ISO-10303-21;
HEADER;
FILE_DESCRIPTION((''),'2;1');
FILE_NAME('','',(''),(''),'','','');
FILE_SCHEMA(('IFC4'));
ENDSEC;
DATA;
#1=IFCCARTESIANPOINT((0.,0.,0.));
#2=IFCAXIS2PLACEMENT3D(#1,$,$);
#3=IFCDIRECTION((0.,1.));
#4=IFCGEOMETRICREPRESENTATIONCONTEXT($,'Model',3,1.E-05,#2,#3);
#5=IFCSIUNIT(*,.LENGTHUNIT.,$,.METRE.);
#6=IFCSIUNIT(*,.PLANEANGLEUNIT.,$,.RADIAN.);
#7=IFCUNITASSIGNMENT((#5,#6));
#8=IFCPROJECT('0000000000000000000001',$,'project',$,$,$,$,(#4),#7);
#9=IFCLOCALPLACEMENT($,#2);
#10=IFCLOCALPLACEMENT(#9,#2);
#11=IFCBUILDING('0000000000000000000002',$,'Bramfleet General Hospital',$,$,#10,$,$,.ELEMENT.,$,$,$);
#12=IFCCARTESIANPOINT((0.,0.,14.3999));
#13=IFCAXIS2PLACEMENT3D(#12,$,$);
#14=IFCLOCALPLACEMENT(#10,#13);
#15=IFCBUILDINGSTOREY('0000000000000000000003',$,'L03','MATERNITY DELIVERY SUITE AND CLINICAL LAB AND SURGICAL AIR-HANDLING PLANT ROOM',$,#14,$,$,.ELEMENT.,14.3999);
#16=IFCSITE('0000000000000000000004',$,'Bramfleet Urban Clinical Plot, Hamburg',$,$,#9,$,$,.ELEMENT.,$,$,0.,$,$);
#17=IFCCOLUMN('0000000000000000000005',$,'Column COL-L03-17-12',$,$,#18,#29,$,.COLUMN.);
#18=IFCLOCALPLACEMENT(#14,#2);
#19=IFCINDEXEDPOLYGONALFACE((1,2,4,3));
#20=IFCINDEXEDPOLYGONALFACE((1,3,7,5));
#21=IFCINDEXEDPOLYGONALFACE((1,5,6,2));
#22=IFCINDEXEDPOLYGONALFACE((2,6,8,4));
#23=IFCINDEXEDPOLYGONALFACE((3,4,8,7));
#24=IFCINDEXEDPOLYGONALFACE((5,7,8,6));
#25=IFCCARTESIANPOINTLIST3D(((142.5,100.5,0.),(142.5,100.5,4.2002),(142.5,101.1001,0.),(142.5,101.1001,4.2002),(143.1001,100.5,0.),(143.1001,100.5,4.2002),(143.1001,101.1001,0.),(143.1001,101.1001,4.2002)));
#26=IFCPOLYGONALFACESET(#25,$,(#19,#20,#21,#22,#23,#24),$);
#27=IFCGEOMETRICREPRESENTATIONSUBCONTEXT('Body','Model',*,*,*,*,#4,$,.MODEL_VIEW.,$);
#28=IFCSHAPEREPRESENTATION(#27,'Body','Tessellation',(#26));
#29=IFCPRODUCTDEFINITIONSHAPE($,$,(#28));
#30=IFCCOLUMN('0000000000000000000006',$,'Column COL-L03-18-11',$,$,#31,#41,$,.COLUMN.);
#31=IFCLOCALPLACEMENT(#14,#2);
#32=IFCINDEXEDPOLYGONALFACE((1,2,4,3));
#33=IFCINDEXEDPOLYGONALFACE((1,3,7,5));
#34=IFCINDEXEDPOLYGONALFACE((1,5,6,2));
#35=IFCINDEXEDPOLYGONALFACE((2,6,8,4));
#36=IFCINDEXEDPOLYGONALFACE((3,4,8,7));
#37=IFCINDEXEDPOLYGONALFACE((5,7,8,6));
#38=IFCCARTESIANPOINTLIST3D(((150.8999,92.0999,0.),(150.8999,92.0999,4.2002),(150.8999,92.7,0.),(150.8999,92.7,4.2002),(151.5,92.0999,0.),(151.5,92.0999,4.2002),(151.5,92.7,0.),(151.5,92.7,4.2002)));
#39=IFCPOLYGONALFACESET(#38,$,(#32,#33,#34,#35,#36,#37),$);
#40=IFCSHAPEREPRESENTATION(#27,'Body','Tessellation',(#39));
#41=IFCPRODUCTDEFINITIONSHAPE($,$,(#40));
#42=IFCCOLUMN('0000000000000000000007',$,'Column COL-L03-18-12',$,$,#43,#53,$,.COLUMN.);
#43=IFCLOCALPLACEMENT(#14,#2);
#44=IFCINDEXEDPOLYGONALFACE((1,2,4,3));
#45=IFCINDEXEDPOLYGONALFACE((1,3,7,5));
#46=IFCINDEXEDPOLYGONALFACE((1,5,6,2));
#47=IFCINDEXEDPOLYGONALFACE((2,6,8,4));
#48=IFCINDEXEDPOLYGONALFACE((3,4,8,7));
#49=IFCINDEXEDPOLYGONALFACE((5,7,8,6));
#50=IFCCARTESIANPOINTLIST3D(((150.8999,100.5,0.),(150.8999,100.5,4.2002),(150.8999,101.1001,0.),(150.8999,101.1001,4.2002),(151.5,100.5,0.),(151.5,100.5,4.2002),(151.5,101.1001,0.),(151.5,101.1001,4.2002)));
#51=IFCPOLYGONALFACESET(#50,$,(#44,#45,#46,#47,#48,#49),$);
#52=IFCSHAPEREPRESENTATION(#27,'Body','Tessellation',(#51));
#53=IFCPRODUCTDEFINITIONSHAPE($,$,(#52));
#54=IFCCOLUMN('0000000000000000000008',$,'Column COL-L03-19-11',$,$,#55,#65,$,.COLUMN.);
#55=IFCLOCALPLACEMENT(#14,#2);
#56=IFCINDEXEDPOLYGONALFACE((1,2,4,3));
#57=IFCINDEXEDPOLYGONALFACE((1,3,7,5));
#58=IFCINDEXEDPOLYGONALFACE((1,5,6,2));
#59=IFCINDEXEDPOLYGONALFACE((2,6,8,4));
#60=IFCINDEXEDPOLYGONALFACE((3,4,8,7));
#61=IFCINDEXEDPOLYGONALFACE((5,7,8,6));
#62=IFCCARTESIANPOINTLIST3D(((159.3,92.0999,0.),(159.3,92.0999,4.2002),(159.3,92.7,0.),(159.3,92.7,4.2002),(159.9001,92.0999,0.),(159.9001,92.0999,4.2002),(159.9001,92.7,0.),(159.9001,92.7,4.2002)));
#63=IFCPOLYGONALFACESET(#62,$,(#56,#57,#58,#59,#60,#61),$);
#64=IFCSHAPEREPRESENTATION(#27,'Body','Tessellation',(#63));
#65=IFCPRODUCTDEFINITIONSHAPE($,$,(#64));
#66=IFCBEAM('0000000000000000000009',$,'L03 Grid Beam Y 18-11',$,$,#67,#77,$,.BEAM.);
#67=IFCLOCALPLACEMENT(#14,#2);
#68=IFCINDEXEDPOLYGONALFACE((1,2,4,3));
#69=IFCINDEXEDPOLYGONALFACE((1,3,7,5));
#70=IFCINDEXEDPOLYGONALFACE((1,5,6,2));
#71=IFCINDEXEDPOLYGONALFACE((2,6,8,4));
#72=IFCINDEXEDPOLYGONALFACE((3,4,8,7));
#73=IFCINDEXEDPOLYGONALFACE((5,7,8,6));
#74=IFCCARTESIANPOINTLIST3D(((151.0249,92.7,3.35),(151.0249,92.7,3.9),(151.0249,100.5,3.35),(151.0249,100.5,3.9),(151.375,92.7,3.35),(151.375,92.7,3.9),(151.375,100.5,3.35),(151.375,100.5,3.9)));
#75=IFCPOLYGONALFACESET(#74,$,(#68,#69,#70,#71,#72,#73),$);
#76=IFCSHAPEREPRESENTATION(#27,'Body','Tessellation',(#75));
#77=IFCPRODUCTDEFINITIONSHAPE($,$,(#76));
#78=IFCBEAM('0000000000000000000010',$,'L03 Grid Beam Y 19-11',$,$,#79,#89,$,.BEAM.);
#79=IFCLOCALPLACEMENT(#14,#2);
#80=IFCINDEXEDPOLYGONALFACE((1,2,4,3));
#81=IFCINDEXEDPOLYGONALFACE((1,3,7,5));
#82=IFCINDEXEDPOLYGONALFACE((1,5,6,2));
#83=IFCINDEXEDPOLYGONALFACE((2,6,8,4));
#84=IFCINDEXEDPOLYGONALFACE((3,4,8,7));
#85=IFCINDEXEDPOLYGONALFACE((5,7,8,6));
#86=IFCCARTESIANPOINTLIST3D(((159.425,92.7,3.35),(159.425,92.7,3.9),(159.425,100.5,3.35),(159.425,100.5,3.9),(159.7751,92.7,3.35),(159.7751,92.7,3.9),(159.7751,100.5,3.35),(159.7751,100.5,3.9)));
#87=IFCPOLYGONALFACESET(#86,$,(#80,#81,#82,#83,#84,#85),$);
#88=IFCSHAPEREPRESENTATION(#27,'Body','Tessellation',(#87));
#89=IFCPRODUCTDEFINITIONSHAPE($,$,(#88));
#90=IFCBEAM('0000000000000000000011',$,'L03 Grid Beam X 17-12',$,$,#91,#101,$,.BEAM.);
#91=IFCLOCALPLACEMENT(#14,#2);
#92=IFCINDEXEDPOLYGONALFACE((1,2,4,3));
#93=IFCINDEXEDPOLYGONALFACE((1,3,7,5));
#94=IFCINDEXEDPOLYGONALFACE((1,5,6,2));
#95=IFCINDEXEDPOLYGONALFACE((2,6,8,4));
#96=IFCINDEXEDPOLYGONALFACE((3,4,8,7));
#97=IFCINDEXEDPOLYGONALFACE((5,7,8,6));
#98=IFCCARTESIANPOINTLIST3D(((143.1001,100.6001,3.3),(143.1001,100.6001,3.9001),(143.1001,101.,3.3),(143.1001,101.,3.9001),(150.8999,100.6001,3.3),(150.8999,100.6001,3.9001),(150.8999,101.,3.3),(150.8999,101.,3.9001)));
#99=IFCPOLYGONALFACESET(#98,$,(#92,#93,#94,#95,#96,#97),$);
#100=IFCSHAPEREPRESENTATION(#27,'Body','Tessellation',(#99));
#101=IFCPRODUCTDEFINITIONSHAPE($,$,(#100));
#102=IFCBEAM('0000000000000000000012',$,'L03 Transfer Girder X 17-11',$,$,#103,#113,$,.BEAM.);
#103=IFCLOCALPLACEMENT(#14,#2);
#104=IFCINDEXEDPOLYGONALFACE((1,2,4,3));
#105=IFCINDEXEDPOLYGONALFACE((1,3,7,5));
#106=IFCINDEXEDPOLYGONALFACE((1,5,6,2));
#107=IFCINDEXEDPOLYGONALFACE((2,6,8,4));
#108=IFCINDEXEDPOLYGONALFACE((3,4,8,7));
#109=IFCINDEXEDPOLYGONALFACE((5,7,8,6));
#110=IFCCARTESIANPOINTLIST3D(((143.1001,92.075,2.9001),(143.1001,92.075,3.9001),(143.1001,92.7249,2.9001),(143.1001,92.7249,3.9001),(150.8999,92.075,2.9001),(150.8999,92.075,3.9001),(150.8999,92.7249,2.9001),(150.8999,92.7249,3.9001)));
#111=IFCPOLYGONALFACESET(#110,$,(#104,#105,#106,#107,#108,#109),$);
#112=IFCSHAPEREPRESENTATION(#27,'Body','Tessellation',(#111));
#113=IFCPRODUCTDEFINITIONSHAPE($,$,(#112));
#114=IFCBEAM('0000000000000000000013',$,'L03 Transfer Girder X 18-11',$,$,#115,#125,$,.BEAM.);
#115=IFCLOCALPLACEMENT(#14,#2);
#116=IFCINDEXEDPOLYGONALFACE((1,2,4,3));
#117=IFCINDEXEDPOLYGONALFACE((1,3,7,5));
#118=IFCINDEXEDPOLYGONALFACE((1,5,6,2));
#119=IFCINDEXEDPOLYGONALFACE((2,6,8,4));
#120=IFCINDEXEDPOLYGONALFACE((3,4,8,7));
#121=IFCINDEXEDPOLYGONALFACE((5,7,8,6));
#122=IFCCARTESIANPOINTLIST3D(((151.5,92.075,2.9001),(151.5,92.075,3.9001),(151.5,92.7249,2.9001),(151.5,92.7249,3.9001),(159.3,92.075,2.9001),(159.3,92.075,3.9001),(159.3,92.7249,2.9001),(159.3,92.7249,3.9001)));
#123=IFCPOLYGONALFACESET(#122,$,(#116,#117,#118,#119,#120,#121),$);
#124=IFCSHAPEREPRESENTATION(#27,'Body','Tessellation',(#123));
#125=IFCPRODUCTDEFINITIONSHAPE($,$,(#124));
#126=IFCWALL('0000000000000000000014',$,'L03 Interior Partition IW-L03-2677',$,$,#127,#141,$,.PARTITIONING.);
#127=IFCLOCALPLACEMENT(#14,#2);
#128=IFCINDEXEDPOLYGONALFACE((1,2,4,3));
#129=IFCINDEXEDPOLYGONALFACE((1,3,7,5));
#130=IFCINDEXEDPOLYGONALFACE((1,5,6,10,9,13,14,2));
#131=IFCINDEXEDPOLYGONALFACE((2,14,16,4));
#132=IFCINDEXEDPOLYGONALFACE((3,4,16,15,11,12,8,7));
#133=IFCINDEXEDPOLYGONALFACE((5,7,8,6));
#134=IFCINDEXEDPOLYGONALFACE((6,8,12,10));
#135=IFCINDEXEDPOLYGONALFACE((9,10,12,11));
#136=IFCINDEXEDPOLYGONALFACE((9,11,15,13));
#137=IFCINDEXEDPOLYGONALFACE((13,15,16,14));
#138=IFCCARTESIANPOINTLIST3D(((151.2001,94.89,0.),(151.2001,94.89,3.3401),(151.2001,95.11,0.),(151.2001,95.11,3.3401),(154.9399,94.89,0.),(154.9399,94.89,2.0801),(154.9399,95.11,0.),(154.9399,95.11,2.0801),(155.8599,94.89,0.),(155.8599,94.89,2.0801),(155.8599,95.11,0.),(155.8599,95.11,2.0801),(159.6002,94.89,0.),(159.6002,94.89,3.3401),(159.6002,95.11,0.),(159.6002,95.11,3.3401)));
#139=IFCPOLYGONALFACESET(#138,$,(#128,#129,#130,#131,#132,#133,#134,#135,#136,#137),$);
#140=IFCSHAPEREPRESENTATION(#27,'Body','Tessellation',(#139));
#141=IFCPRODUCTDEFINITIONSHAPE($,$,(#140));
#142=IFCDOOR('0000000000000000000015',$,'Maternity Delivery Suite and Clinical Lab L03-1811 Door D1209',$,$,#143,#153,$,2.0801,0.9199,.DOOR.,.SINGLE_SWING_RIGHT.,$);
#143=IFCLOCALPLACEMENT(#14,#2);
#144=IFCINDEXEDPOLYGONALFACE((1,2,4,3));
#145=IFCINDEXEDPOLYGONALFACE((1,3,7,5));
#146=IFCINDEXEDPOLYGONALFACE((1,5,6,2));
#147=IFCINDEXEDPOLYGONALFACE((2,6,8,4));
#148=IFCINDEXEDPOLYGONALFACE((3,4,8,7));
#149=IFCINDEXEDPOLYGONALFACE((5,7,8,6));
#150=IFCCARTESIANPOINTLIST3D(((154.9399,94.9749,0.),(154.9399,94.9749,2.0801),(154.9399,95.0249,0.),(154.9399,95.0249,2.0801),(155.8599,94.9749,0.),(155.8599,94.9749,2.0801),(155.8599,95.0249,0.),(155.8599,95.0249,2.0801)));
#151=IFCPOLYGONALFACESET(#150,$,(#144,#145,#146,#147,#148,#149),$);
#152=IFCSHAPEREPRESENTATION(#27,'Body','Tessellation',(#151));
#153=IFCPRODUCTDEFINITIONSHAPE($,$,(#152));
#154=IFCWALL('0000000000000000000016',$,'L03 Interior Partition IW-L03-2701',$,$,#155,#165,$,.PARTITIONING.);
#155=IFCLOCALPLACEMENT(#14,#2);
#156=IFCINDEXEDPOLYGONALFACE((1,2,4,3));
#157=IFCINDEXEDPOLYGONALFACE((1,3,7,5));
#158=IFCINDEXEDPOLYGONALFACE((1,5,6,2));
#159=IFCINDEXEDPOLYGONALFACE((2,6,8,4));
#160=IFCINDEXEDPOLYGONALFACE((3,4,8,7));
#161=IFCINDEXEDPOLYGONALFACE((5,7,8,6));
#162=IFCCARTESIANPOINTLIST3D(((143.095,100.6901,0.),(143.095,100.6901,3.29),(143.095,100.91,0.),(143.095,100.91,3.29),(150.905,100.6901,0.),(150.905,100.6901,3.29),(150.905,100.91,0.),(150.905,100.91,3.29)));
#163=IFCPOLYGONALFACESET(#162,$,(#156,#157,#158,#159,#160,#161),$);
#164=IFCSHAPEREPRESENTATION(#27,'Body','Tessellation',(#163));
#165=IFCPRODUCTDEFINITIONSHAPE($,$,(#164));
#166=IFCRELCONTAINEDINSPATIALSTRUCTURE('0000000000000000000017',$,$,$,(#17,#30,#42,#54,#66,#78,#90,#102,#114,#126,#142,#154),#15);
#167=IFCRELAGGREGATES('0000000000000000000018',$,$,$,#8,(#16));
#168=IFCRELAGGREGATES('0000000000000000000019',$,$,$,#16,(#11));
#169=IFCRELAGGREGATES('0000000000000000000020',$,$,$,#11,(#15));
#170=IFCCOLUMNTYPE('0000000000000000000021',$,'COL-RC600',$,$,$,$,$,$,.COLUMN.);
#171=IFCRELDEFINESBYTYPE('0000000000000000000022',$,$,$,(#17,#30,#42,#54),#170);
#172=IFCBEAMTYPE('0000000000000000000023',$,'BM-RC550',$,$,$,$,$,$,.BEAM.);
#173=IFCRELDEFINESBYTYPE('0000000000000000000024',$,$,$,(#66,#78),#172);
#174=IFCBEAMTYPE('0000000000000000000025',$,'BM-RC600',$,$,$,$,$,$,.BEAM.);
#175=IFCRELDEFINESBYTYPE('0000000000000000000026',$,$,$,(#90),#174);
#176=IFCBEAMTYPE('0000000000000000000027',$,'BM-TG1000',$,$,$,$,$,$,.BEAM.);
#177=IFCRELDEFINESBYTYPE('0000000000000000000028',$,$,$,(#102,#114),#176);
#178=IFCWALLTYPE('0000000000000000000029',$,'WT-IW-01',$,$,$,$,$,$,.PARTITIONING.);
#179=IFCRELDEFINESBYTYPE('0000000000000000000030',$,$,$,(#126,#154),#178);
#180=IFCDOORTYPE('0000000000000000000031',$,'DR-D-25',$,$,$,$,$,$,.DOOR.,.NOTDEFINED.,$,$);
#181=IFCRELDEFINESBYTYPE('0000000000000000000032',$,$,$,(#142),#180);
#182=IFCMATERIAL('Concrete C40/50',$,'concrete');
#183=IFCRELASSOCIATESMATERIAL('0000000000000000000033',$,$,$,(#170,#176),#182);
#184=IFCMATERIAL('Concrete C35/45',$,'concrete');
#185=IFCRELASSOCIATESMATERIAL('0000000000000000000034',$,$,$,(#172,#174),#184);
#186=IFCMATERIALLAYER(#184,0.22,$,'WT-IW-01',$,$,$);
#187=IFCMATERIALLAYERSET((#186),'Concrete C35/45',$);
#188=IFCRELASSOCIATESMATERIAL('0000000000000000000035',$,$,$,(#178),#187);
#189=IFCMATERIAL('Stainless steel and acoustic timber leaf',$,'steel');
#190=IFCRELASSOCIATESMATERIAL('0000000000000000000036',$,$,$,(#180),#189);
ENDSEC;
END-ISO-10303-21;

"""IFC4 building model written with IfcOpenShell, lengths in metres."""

from ifc_helpers import new_model, si_unit, direction, frame, frame_2d, origin, origin_2d, place, context, subcontext, project, spatial, rectangle, extrude, material, layer, layer_set, material_profile, profile_set, type_object, element, fill, save


model = new_model("IFC4")

# Units and contexts
model_context = context("Model", 3, precision=1e-05, world=origin(), true_north=direction((0.0, 1.0)))
body_context = subcontext(model_context, "Body", "Model", "MODEL_VIEW")
ifc_project = project(units=[si_unit("LENGTHUNIT", "METRE"), si_unit("PLANEANGLEUNIT", "RADIAN")], contexts=[model_context])

# Site, building, storey
site_placement = place(None, origin())
site = spatial("IfcSite", under=ifc_project, at=site_placement, Name="Bramfleet Urban Clinical Plot, Hamburg", CompositionType="ELEMENT", RefElevation=0.0)
building_placement = place(site_placement, origin())
building = spatial("IfcBuilding", under=site, at=building_placement, Name="Bramfleet General Hospital", CompositionType="ELEMENT")
storey_placement = place(building_placement, frame((0.0, 0.0, 14.3999)))
storey = spatial("IfcBuildingStorey", under=building, at=storey_placement, Name="L03", Description="MATERNITY DELIVERY SUITE AND CLINICAL LAB AND SURGICAL AIR-HANDLING PLANT ROOM", CompositionType="ELEMENT", Elevation=14.3999)

# Columns
ifc_material_1 = material(Name="Concrete C40/50", Category="concrete")
ifc_material_profile_1 = material_profile(ifc_material_1, rectangle(XDim=0.6001, YDim=0.6001, at=origin_2d()), Name="RC COL 600x600")
ifc_profile_set_1 = profile_set([ifc_material_profile_1], Name="Concrete C40/50")
column_type = type_object("IfcColumnType", Name="COL-RC600", PredefinedType="COLUMN", material=ifc_profile_set_1)
for number, where, z_axis, x_axis, name in (
    (1, (142.8, 100.8, 0.0), (0.0, 0.0, 1.0), (1.0, 0.0, 0.0), "Column COL-L03-17-12"),
    (2, (151.2, 92.3999, 0.0), (0.0, 0.0, 1.0), (1.0, 0.0, 0.0), "Column COL-L03-18-11"),
    (3, (151.2, 100.8, 0.0), (0.0, 0.0, 1.0), (1.0, 0.0, 0.0), "Column COL-L03-18-12"),
    (4, (159.6001, 92.3999, 0.0), (0.0, 0.0, 1.0), (1.0, 0.0, 0.0), "Column COL-L03-19-11"),
):
    element("IfcColumn", number, at=place(storey_placement, frame(where, z_axis=z_axis, x_axis=x_axis)), inside=storey, type_object=column_type, Name=name, PredefinedType="COLUMN", context=body_context, shape_type="SweptSolid", body=[
        extrude(rectangle(XDim=0.6001, YDim=0.6001, at=origin_2d()), origin(), (0.0, 0.0, 1.0), 4.2002),
    ])

# Beams
ifc_material_2 = material(Name="Concrete C35/45", Category="concrete")
ifc_material_profile_2 = material_profile(ifc_material_2, rectangle(XDim=0.3501, YDim=0.55, at=origin_2d()), Name="RC BM 550x350")
ifc_profile_set_2 = profile_set([ifc_material_profile_2], Name="Concrete C35/45")
beam_type_1 = type_object("IfcBeamType", Name="BM-RC550", PredefinedType="BEAM", material=ifc_profile_set_2)
for number, where, z_axis, x_axis, name in (
    (5, (151.2, 92.7, 3.625), (0.0, 1.0, 0.0), (-1.0, 0.0, 0.0), "L03 Grid Beam Y 18-11"),
    (6, (159.6001, 92.7, 3.625), (0.0, 1.0, 0.0), (-1.0, 0.0, 0.0), "L03 Grid Beam Y 19-11"),
):
    element("IfcBeam", number, at=place(storey_placement, frame(where, z_axis=z_axis, x_axis=x_axis)), inside=storey, type_object=beam_type_1, Name=name, PredefinedType="BEAM", context=body_context, shape_type="SweptSolid", body=[
        extrude(rectangle(XDim=0.3501, YDim=0.55, at=origin_2d()), origin(), (0.0, 0.0, 1.0), 7.8),
    ])
ifc_material_profile_3 = material_profile(ifc_material_2, rectangle(XDim=0.3999, YDim=0.6001, at=origin_2d()), Name="RC BM 600x400")
ifc_profile_set_3 = profile_set([ifc_material_profile_3], Name="Concrete C35/45")
beam_type_2 = type_object("IfcBeamType", Name="BM-RC600", PredefinedType="BEAM", material=ifc_profile_set_3)
beam_1_placement = place(storey_placement, frame((143.1001, 100.8, 3.6001), z_axis=(1.0, 0.0, 0.0), x_axis=(0.0, 1.0, 0.0)))
element("IfcBeam", 7, at=beam_1_placement, inside=storey, type_object=beam_type_2, Name="L03 Grid Beam X 17-12", PredefinedType="BEAM", context=body_context, shape_type="SweptSolid", body=[
    extrude(rectangle(XDim=0.3999, YDim=0.6001, at=origin_2d()), origin(), (0.0, 0.0, 1.0), 7.7998),
])
ifc_material_profile_4 = material_profile(ifc_material_1, rectangle(XDim=0.6499, YDim=1.0, at=origin_2d()), Name="RC TG 1000x650")
ifc_profile_set_4 = profile_set([ifc_material_profile_4], Name="Concrete C40/50")
beam_type_3 = type_object("IfcBeamType", Name="BM-TG1000", PredefinedType="BEAM", material=ifc_profile_set_4)
beam_2_placement = place(storey_placement, frame((143.1001, 92.3999, 3.4001), z_axis=(1.0, 0.0, 0.0), x_axis=(0.0, 1.0, 0.0)))
element("IfcBeam", 8, at=beam_2_placement, inside=storey, type_object=beam_type_3, Name="L03 Transfer Girder X 17-11", PredefinedType="BEAM", context=body_context, shape_type="SweptSolid", body=[
    extrude(rectangle(XDim=0.6499, YDim=1.0, at=origin_2d()), origin(), (0.0, 0.0, 1.0), 7.7998),
])
beam_3_placement = place(storey_placement, frame((151.5, 92.3999, 3.4001), z_axis=(1.0, 0.0, 0.0), x_axis=(0.0, 1.0, 0.0)))
element("IfcBeam", 9, at=beam_3_placement, inside=storey, type_object=beam_type_3, Name="L03 Transfer Girder X 18-11", PredefinedType="BEAM", context=body_context, shape_type="SweptSolid", body=[
    extrude(rectangle(XDim=0.6499, YDim=1.0, at=origin_2d()), origin(), (0.0, 0.0, 1.0), 7.8),
])

# Wall, opening, door
ifc_layer_1 = layer(ifc_material_2, 0.22, Name="WT-IW-01")
ifc_layer_set_1 = layer_set([ifc_layer_1], Name="Concrete C35/45")
wall_type_1 = type_object("IfcWallType", Name="WT-IW-01", PredefinedType="PARTITIONING", material=ifc_layer_set_1)
wall_1_placement = place(storey_placement, frame((151.2, 95.0, 0.0), z_axis=(0.0, 0.0, 1.0), x_axis=(1.0, 0.0, 0.0)))
wall_1 = element("IfcWall", 10, at=wall_1_placement, inside=storey, type_object=wall_type_1, Name="L03 Interior Partition IW-L03-2677", PredefinedType="PARTITIONING", context=body_context, shape_type="SweptSolid", body=[
    extrude(rectangle(XDim=8.4001, YDim=0.22, at=frame_2d((4.2002, 0.0))), origin(), (0.0, 0.0, 1.0), 3.3401),
])
opening_1_placement = place(wall_1_placement, frame((3.74, 0.0, 0.0)))
opening_1 = element("IfcOpeningElement", 11, at=opening_1_placement, cuts=wall_1, PredefinedType="OPENING", context=body_context, shape_type="SweptSolid", body=[
    extrude(rectangle(XDim=0.9199, YDim=2.0801, at=frame_2d((0.46, 1.04))), frame((0.0, 0.1199, 0.0), z_axis=(0.0, -1.0, 0.0), x_axis=(1.0, 0.0, 0.0)), (0.0, 0.0, 1.0), 0.24),
])
ifc_material_3 = material(Name="Stainless steel and acoustic timber leaf", Category="steel")
door_type_1 = type_object("IfcDoorType", Name="DR-D-25", OperationType="NOTDEFINED", PredefinedType="DOOR", material=ifc_material_3)
door_1_placement = place(opening_1_placement, origin())
door_1 = element("IfcDoor", 12, at=door_1_placement, inside=storey, type_object=door_type_1, Name="Maternity Delivery Suite and Clinical Lab L03-1811 Door D1209", OperationType="SINGLE_SWING_RIGHT", OverallHeight=2.0801, OverallWidth=0.9199, PredefinedType="DOOR", context=body_context, shape_type="SweptSolid", body=[
    extrude(rectangle(XDim=0.9199, YDim=2.0801, at=frame_2d((0.46, 1.04))), frame((0.0, 0.0249, 0.0), z_axis=(0.0, -1.0, 0.0), x_axis=(1.0, 0.0, 0.0)), (0.0, 0.0, 1.0), 0.05),
])
fill(opening_1, door_1)

# Wall
wall_2_placement = place(storey_placement, frame((143.095, 100.8, 0.0), z_axis=(0.0, 0.0, 1.0), x_axis=(1.0, 0.0, 0.0)))
element("IfcWall", 13, at=wall_2_placement, inside=storey, type_object=wall_type_1, Name="L03 Interior Partition IW-L03-2701", PredefinedType="PARTITIONING", context=body_context, shape_type="SweptSolid", body=[
    extrude(rectangle(XDim=7.8101, YDim=0.22, at=frame_2d((3.905, 0.0))), origin(), (0.0, 0.0, 1.0), 3.29),
])

save(model, "model.ifc")
